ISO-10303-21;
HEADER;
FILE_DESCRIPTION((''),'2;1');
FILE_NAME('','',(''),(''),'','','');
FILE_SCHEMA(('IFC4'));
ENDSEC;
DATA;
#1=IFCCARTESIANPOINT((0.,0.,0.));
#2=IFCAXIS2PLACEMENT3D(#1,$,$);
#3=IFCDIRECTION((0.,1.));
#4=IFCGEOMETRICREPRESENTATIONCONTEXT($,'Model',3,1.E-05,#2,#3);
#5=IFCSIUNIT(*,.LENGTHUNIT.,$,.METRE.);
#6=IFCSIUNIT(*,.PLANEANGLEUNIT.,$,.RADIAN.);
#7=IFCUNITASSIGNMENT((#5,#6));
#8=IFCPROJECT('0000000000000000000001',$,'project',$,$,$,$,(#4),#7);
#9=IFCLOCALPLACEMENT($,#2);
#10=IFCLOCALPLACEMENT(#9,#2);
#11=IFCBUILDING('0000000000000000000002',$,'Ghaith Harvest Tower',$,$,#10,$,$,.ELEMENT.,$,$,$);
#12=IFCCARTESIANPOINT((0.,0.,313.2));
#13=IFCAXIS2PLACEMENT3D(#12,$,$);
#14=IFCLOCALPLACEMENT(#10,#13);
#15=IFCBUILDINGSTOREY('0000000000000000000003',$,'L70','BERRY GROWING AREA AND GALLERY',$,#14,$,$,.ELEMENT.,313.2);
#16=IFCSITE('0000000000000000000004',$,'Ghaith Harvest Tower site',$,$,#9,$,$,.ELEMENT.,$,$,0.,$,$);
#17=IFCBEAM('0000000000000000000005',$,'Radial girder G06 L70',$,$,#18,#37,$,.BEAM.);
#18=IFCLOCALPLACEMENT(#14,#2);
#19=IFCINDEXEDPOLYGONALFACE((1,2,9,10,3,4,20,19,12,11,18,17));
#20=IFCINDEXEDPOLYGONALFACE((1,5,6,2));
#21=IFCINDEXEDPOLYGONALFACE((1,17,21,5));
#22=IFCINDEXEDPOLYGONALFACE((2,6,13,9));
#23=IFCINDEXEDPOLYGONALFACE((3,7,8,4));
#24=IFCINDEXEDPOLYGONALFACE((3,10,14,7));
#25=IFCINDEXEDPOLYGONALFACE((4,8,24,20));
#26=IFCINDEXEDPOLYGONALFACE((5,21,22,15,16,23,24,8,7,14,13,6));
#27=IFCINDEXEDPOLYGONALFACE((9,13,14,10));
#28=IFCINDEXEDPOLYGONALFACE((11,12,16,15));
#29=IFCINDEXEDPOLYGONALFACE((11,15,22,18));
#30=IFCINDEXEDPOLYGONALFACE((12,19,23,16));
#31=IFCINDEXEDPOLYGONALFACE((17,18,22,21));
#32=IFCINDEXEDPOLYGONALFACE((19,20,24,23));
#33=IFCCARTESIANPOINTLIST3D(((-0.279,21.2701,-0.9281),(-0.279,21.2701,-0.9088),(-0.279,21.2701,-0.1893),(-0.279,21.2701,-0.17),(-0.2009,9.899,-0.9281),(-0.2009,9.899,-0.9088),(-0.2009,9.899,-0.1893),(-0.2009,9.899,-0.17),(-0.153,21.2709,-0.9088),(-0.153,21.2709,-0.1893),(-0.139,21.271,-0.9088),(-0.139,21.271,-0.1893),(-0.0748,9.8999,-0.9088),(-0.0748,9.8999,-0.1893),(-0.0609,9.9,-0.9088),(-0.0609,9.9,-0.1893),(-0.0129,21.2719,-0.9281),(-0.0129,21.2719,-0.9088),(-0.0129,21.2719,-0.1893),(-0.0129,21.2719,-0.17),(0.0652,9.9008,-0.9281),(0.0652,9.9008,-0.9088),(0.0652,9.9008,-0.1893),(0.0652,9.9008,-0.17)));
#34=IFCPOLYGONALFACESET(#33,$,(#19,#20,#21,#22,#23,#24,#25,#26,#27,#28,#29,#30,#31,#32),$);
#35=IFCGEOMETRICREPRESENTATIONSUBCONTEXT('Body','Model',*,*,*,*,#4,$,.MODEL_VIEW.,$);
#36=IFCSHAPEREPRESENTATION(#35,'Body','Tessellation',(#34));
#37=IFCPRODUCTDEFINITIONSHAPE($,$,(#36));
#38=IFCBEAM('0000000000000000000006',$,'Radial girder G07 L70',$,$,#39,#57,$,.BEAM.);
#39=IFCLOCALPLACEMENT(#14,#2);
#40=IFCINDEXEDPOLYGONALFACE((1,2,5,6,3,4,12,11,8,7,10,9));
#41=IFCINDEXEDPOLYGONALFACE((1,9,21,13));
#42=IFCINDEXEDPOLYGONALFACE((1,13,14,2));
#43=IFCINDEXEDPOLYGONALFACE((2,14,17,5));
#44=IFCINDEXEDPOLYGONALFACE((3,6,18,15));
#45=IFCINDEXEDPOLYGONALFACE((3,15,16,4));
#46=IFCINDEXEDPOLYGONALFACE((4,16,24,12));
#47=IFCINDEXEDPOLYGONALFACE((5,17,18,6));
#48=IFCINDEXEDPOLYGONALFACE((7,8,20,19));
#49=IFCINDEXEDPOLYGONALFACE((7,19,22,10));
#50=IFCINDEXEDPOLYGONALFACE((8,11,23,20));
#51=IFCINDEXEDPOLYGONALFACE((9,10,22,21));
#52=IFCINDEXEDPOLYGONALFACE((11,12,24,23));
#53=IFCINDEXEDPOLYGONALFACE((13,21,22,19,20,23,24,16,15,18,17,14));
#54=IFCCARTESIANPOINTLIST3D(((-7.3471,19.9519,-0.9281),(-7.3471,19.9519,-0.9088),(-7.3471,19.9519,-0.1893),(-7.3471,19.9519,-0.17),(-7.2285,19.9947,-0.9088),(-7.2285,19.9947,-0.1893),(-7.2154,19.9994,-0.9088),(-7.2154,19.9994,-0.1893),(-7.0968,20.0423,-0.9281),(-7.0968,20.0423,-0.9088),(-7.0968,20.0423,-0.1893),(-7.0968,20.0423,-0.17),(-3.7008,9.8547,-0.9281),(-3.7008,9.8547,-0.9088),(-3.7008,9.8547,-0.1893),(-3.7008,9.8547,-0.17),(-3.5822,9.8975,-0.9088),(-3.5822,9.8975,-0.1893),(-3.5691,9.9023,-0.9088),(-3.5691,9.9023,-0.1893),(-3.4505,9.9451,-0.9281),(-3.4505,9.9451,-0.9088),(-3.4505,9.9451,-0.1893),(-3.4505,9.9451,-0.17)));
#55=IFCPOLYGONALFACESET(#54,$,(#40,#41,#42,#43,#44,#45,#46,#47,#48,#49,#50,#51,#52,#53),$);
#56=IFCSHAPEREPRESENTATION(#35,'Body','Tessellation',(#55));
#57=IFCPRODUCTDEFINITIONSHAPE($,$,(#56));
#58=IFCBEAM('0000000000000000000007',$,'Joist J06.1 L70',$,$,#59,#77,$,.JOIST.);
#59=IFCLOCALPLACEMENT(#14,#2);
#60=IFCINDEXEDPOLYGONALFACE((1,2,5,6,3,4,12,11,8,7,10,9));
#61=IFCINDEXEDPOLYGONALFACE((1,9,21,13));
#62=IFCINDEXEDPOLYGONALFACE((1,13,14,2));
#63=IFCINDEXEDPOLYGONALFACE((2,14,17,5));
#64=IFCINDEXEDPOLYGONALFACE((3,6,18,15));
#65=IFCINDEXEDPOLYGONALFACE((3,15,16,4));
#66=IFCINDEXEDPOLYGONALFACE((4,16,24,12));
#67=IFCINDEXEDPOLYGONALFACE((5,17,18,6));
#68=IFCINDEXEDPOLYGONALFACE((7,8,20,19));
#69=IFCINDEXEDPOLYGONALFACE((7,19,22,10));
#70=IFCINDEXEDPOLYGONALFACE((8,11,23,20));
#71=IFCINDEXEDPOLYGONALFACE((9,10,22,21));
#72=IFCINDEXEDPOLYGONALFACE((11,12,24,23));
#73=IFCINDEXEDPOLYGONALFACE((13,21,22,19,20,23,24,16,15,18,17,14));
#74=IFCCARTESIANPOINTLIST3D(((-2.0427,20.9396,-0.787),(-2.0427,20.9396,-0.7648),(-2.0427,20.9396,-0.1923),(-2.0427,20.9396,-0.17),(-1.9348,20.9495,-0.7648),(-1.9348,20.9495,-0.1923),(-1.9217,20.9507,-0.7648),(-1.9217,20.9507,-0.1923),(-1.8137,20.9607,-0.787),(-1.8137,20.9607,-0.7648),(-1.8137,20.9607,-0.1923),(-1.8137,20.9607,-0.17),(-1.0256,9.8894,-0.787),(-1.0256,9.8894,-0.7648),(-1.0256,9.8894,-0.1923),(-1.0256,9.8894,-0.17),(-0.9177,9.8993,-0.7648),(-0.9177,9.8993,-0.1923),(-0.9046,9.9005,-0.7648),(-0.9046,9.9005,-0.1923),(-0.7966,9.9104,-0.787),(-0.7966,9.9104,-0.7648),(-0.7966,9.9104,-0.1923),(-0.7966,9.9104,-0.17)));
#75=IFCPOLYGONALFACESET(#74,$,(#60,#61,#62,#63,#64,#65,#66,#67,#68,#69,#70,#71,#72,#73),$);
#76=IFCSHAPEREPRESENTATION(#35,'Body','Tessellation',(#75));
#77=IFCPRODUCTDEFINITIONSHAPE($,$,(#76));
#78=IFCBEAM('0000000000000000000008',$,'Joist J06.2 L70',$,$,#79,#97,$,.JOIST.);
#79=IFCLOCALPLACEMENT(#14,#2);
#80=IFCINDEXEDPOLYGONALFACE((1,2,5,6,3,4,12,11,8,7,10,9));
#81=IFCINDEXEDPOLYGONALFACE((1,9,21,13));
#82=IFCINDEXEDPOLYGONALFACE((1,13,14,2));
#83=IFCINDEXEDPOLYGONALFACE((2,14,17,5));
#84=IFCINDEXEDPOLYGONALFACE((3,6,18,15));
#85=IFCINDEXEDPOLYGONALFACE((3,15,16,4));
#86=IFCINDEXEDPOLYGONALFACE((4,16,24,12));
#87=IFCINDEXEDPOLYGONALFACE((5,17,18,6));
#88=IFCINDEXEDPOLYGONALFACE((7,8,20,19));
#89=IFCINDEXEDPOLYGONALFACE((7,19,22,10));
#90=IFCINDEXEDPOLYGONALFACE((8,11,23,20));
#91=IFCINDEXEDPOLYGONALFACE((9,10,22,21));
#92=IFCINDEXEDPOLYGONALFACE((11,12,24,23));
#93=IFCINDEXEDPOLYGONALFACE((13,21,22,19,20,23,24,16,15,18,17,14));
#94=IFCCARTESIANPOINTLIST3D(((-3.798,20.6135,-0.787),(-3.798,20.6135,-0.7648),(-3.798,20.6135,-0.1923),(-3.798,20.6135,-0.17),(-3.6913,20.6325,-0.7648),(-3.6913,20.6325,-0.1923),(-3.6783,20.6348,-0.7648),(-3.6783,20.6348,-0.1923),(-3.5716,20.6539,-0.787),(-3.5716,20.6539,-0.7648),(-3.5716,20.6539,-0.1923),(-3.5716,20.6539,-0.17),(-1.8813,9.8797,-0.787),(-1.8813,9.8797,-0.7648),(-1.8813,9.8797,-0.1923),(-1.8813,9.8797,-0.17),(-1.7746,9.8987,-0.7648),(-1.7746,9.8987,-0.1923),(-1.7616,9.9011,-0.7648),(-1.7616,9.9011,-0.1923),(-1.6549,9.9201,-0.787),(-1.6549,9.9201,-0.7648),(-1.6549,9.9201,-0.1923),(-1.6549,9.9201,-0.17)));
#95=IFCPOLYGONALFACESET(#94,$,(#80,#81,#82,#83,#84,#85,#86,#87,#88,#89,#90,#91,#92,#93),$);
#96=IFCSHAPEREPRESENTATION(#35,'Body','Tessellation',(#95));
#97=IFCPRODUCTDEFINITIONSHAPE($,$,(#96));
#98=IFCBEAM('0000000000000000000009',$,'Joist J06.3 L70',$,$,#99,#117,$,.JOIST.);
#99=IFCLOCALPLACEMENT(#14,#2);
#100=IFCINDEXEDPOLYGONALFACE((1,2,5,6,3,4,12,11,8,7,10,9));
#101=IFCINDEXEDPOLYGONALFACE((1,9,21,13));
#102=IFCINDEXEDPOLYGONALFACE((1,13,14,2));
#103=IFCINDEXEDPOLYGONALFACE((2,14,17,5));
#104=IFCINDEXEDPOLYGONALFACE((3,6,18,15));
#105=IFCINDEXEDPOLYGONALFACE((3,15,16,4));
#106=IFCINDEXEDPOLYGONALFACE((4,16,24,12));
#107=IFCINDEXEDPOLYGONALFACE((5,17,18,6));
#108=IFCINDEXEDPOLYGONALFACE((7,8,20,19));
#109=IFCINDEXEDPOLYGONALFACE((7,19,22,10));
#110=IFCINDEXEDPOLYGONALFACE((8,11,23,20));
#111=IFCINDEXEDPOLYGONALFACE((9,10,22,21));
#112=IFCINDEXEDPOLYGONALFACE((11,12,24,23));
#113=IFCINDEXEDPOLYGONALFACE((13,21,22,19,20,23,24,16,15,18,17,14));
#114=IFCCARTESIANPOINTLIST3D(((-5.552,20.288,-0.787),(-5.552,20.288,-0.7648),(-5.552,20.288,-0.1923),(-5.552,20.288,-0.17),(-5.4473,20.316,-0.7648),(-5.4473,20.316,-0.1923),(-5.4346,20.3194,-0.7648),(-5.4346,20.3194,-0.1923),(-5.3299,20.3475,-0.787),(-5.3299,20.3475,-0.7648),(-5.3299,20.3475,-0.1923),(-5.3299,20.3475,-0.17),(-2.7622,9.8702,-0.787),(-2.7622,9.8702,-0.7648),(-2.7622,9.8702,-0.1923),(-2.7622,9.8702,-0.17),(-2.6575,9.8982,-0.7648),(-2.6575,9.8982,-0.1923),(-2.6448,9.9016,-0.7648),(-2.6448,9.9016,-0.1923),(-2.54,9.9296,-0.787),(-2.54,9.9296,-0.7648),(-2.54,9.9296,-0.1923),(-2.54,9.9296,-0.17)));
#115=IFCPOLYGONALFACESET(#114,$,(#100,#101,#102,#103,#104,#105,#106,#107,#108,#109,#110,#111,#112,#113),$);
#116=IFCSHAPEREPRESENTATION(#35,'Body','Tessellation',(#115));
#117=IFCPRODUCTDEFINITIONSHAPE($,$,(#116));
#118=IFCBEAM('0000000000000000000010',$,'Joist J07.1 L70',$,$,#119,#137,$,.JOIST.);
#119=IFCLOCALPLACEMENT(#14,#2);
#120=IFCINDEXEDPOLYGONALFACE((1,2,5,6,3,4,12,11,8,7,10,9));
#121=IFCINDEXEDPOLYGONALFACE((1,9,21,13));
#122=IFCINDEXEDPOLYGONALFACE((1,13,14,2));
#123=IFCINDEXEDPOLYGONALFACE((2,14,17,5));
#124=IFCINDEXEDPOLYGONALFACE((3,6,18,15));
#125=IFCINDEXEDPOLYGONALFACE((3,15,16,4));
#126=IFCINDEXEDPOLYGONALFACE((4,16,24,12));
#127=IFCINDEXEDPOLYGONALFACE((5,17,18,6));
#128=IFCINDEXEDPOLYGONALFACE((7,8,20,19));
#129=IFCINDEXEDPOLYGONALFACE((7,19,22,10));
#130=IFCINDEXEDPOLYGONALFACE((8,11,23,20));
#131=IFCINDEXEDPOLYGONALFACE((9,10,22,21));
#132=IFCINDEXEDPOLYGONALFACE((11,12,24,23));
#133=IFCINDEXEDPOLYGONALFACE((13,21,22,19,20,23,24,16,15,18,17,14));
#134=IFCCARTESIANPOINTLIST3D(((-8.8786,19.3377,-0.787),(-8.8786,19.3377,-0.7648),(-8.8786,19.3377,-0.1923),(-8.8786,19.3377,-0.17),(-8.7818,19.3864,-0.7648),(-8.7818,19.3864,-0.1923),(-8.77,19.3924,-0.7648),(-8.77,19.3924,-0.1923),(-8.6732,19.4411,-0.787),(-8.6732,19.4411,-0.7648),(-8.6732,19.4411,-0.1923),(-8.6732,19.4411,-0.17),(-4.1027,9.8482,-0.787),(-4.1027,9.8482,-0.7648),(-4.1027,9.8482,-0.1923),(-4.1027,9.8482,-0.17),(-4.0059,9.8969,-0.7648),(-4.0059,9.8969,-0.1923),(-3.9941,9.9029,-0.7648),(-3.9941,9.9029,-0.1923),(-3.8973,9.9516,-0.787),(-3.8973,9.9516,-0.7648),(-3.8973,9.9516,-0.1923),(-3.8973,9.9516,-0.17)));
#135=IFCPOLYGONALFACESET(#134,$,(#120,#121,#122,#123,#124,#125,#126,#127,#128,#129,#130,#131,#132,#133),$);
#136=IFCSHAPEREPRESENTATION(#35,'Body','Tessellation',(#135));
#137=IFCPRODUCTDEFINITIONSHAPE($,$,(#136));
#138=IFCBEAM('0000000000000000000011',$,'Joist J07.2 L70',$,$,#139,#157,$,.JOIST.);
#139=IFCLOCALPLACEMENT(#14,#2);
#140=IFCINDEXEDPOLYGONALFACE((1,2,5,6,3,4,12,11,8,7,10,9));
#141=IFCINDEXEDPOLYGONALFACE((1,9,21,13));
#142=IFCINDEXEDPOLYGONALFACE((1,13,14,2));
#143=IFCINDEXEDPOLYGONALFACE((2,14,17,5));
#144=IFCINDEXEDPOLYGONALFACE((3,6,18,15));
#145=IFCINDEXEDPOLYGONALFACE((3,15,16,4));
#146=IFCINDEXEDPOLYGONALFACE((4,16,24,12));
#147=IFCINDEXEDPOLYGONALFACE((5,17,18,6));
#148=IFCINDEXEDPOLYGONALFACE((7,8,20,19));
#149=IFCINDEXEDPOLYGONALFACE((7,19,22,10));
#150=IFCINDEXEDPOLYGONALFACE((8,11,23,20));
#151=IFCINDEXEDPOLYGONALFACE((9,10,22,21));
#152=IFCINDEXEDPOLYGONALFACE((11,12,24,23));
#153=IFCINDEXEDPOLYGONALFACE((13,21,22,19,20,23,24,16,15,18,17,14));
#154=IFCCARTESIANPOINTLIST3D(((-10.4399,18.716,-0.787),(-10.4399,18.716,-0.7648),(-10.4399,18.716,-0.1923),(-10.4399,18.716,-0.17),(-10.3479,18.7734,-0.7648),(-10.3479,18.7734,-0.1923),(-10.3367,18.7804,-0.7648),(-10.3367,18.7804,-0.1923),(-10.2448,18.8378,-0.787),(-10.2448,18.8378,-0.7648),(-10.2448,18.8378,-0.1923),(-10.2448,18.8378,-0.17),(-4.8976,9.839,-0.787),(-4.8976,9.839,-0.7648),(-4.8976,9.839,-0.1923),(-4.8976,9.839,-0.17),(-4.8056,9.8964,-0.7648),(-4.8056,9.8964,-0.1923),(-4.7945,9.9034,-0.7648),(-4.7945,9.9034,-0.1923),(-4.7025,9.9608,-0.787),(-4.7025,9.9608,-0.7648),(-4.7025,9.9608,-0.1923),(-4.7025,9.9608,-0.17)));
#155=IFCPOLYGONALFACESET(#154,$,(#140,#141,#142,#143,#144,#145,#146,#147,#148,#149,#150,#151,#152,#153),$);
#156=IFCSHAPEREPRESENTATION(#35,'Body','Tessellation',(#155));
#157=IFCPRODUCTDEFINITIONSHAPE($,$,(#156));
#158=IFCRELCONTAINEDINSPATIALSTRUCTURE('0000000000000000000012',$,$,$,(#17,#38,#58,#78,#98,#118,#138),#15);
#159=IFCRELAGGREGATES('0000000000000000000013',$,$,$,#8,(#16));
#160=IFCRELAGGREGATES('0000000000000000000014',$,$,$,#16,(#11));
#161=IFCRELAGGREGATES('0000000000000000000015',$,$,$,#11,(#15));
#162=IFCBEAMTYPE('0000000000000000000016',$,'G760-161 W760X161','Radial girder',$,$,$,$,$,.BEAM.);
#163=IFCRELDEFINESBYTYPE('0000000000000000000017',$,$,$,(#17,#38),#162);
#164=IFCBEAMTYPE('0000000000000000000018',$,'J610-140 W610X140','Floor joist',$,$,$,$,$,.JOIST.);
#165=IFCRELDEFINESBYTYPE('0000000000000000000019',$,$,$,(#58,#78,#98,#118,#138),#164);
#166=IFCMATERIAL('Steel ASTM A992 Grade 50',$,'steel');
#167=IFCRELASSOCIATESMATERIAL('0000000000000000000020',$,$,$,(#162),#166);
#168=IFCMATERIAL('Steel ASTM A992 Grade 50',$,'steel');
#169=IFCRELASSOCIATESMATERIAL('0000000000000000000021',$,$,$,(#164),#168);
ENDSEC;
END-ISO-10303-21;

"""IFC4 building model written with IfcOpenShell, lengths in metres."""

from ifc_helpers import new_model, si_unit, direction, frame, origin, origin_2d, place, context, subcontext, project, spatial, i_section, extrude, material, material_profile, profile_set, type_object, element, save


model = new_model("IFC4")

# Units and contexts
model_context = context("Model", 3, precision=1e-05, world=origin(), true_north=direction((0.0, 1.0)))
body_context = subcontext(model_context, "Body", "Model", "MODEL_VIEW")
ifc_project = project(units=[si_unit("LENGTHUNIT", "METRE"), si_unit("PLANEANGLEUNIT", "RADIAN")], contexts=[model_context])

# Site, building, storey
site_placement = place(None, origin())
site = spatial("IfcSite", under=ifc_project, at=site_placement, Name="Ghaith Harvest Tower site", CompositionType="ELEMENT", RefElevation=0.0)
building_placement = place(site_placement, origin())
building = spatial("IfcBuilding", under=site, at=building_placement, Name="Ghaith Harvest Tower", CompositionType="ELEMENT")
storey_placement = place(building_placement, frame((0.0, 0.0, 313.2)))
storey = spatial("IfcBuildingStorey", under=building, at=storey_placement, Name="L70", Description="BERRY GROWING AREA AND GALLERY", CompositionType="ELEMENT", Elevation=313.2)

# Beams
ifc_material_1 = material(Name="Steel ASTM A992 Grade 50", Category="steel")
ifc_material_profile_1 = material_profile(ifc_material_1, i_section(OverallWidth=0.2661, OverallDepth=0.7581, WebThickness=0.0139, FlangeThickness=0.0193, at=origin_2d()), Name="W760X161")
ifc_profile_set_1 = profile_set([ifc_material_profile_1], Name="Steel ASTM A992 Grade 50")
beam_type_1 = type_object("IfcBeamType", Name="G760-161 W760X161", Description="Radial girder", PredefinedType="BEAM", material=ifc_profile_set_1)
beam_1_placement = place(storey_placement, frame((-0.0679, 9.8999, -0.5491), z_axis=(-0.00687, 0.999976, 0.0), x_axis=(-0.999976, -0.00687, 0.0)))
element("IfcBeam", 1, at=beam_1_placement, inside=storey, type_object=beam_type_1, Name="Radial girder G06 L70", PredefinedType="BEAM", context=body_context, shape_type="SweptSolid", body=[
    extrude(i_section(OverallWidth=0.2661, OverallDepth=0.7581, WebThickness=0.0139, FlangeThickness=0.0193, at=origin_2d()), origin(), (0.0, 0.0, 1.0), 11.3713),
])
beam_2_placement = place(storey_placement, frame((-3.5757, 9.8999, -0.5491), z_axis=(-0.339648, 0.940553, 0.0), x_axis=(-0.940553, -0.339648, 0.0)))
element("IfcBeam", 2, at=beam_2_placement, inside=storey, type_object=beam_type_1, Name="Radial girder G07 L70", PredefinedType="BEAM", context=body_context, shape_type="SweptSolid", body=[
    extrude(i_section(OverallWidth=0.2661, OverallDepth=0.7581, WebThickness=0.0139, FlangeThickness=0.0193, at=origin_2d()), origin(), (0.0, 0.0, 1.0), 10.7354),
])
ifc_material_2 = material(Name="Steel ASTM A992 Grade 50", Category="steel")
ifc_material_profile_2 = material_profile(ifc_material_2, i_section(OverallWidth=0.23, OverallDepth=0.6169, WebThickness=0.0132, FlangeThickness=0.0222, at=origin_2d()), Name="W610X140")
ifc_profile_set_2 = profile_set([ifc_material_profile_2], Name="Steel ASTM A992 Grade 50")
beam_type_2 = type_object("IfcBeamType", Name="J610-140 W610X140", Description="Floor joist", PredefinedType="JOIST", material=ifc_profile_set_2)
beam_3_placement = place(storey_placement, frame((-0.9111, 9.8999, -0.4785), z_axis=(-0.091654, 0.995791, 0.0), x_axis=(-0.995791, -0.091654, 0.0)))
element("IfcBeam", 3, at=beam_3_placement, inside=storey, type_object=beam_type_2, Name="Joist J06.1 L70", PredefinedType="JOIST", context=body_context, shape_type="SweptSolid", body=[
    extrude(i_section(OverallWidth=0.23, OverallDepth=0.6169, WebThickness=0.0132, FlangeThickness=0.0222, at=origin_2d()), origin(), (0.0, 0.0, 1.0), 11.0969),
])
beam_4_placement = place(storey_placement, frame((-1.7681, 9.8999, -0.4785), z_axis=(-0.175789, 0.984428, 0.0), x_axis=(-0.984428, -0.175789, 0.0)))
element("IfcBeam", 4, at=beam_4_placement, inside=storey, type_object=beam_type_2, Name="Joist J06.2 L70", PredefinedType="JOIST", context=body_context, shape_type="SweptSolid", body=[
    extrude(i_section(OverallWidth=0.23, OverallDepth=0.6169, WebThickness=0.0132, FlangeThickness=0.0222, at=origin_2d()), origin(), (0.0, 0.0, 1.0), 10.9036),
])
beam_5_placement = place(storey_placement, frame((-2.6511, 9.8999, -0.4785), z_axis=(-0.258678, 0.965964, 0.0), x_axis=(-0.965964, -0.258678, 0.0)))
element("IfcBeam", 5, at=beam_5_placement, inside=storey, type_object=beam_type_2, Name="Joist J06.3 L70", PredefinedType="JOIST", context=body_context, shape_type="SweptSolid", body=[
    extrude(i_section(OverallWidth=0.23, OverallDepth=0.6169, WebThickness=0.0132, FlangeThickness=0.0222, at=origin_2d()), origin(), (0.0, 0.0, 1.0), 10.7849),
])
beam_6_placement = place(storey_placement, frame((-4.0, 9.8999, -0.4785), z_axis=(-0.449556, 0.893252, 0.0), x_axis=(-0.893252, -0.449556, 0.0)))
element("IfcBeam", 6, at=beam_6_placement, inside=storey, type_object=beam_type_2, Name="Joist J07.1 L70", PredefinedType="JOIST", context=body_context, shape_type="SweptSolid", body=[
    extrude(i_section(OverallWidth=0.23, OverallDepth=0.6169, WebThickness=0.0132, FlangeThickness=0.0222, at=origin_2d()), origin(), (0.0, 0.0, 1.0), 10.6235),
])
beam_7_placement = place(storey_placement, frame((-4.8, 9.8999, -0.4785), z_axis=(-0.529596, 0.84825, 0.0), x_axis=(-0.84825, -0.529596, 0.0)))
element("IfcBeam", 7, at=beam_7_placement, inside=storey, type_object=beam_type_2, Name="Joist J07.2 L70", PredefinedType="JOIST", context=body_context, shape_type="SweptSolid", body=[
    extrude(i_section(OverallWidth=0.23, OverallDepth=0.6169, WebThickness=0.0132, FlangeThickness=0.0222, at=origin_2d()), origin(), (0.0, 0.0, 1.0), 10.4651),
])

save(model, "model.ifc")
